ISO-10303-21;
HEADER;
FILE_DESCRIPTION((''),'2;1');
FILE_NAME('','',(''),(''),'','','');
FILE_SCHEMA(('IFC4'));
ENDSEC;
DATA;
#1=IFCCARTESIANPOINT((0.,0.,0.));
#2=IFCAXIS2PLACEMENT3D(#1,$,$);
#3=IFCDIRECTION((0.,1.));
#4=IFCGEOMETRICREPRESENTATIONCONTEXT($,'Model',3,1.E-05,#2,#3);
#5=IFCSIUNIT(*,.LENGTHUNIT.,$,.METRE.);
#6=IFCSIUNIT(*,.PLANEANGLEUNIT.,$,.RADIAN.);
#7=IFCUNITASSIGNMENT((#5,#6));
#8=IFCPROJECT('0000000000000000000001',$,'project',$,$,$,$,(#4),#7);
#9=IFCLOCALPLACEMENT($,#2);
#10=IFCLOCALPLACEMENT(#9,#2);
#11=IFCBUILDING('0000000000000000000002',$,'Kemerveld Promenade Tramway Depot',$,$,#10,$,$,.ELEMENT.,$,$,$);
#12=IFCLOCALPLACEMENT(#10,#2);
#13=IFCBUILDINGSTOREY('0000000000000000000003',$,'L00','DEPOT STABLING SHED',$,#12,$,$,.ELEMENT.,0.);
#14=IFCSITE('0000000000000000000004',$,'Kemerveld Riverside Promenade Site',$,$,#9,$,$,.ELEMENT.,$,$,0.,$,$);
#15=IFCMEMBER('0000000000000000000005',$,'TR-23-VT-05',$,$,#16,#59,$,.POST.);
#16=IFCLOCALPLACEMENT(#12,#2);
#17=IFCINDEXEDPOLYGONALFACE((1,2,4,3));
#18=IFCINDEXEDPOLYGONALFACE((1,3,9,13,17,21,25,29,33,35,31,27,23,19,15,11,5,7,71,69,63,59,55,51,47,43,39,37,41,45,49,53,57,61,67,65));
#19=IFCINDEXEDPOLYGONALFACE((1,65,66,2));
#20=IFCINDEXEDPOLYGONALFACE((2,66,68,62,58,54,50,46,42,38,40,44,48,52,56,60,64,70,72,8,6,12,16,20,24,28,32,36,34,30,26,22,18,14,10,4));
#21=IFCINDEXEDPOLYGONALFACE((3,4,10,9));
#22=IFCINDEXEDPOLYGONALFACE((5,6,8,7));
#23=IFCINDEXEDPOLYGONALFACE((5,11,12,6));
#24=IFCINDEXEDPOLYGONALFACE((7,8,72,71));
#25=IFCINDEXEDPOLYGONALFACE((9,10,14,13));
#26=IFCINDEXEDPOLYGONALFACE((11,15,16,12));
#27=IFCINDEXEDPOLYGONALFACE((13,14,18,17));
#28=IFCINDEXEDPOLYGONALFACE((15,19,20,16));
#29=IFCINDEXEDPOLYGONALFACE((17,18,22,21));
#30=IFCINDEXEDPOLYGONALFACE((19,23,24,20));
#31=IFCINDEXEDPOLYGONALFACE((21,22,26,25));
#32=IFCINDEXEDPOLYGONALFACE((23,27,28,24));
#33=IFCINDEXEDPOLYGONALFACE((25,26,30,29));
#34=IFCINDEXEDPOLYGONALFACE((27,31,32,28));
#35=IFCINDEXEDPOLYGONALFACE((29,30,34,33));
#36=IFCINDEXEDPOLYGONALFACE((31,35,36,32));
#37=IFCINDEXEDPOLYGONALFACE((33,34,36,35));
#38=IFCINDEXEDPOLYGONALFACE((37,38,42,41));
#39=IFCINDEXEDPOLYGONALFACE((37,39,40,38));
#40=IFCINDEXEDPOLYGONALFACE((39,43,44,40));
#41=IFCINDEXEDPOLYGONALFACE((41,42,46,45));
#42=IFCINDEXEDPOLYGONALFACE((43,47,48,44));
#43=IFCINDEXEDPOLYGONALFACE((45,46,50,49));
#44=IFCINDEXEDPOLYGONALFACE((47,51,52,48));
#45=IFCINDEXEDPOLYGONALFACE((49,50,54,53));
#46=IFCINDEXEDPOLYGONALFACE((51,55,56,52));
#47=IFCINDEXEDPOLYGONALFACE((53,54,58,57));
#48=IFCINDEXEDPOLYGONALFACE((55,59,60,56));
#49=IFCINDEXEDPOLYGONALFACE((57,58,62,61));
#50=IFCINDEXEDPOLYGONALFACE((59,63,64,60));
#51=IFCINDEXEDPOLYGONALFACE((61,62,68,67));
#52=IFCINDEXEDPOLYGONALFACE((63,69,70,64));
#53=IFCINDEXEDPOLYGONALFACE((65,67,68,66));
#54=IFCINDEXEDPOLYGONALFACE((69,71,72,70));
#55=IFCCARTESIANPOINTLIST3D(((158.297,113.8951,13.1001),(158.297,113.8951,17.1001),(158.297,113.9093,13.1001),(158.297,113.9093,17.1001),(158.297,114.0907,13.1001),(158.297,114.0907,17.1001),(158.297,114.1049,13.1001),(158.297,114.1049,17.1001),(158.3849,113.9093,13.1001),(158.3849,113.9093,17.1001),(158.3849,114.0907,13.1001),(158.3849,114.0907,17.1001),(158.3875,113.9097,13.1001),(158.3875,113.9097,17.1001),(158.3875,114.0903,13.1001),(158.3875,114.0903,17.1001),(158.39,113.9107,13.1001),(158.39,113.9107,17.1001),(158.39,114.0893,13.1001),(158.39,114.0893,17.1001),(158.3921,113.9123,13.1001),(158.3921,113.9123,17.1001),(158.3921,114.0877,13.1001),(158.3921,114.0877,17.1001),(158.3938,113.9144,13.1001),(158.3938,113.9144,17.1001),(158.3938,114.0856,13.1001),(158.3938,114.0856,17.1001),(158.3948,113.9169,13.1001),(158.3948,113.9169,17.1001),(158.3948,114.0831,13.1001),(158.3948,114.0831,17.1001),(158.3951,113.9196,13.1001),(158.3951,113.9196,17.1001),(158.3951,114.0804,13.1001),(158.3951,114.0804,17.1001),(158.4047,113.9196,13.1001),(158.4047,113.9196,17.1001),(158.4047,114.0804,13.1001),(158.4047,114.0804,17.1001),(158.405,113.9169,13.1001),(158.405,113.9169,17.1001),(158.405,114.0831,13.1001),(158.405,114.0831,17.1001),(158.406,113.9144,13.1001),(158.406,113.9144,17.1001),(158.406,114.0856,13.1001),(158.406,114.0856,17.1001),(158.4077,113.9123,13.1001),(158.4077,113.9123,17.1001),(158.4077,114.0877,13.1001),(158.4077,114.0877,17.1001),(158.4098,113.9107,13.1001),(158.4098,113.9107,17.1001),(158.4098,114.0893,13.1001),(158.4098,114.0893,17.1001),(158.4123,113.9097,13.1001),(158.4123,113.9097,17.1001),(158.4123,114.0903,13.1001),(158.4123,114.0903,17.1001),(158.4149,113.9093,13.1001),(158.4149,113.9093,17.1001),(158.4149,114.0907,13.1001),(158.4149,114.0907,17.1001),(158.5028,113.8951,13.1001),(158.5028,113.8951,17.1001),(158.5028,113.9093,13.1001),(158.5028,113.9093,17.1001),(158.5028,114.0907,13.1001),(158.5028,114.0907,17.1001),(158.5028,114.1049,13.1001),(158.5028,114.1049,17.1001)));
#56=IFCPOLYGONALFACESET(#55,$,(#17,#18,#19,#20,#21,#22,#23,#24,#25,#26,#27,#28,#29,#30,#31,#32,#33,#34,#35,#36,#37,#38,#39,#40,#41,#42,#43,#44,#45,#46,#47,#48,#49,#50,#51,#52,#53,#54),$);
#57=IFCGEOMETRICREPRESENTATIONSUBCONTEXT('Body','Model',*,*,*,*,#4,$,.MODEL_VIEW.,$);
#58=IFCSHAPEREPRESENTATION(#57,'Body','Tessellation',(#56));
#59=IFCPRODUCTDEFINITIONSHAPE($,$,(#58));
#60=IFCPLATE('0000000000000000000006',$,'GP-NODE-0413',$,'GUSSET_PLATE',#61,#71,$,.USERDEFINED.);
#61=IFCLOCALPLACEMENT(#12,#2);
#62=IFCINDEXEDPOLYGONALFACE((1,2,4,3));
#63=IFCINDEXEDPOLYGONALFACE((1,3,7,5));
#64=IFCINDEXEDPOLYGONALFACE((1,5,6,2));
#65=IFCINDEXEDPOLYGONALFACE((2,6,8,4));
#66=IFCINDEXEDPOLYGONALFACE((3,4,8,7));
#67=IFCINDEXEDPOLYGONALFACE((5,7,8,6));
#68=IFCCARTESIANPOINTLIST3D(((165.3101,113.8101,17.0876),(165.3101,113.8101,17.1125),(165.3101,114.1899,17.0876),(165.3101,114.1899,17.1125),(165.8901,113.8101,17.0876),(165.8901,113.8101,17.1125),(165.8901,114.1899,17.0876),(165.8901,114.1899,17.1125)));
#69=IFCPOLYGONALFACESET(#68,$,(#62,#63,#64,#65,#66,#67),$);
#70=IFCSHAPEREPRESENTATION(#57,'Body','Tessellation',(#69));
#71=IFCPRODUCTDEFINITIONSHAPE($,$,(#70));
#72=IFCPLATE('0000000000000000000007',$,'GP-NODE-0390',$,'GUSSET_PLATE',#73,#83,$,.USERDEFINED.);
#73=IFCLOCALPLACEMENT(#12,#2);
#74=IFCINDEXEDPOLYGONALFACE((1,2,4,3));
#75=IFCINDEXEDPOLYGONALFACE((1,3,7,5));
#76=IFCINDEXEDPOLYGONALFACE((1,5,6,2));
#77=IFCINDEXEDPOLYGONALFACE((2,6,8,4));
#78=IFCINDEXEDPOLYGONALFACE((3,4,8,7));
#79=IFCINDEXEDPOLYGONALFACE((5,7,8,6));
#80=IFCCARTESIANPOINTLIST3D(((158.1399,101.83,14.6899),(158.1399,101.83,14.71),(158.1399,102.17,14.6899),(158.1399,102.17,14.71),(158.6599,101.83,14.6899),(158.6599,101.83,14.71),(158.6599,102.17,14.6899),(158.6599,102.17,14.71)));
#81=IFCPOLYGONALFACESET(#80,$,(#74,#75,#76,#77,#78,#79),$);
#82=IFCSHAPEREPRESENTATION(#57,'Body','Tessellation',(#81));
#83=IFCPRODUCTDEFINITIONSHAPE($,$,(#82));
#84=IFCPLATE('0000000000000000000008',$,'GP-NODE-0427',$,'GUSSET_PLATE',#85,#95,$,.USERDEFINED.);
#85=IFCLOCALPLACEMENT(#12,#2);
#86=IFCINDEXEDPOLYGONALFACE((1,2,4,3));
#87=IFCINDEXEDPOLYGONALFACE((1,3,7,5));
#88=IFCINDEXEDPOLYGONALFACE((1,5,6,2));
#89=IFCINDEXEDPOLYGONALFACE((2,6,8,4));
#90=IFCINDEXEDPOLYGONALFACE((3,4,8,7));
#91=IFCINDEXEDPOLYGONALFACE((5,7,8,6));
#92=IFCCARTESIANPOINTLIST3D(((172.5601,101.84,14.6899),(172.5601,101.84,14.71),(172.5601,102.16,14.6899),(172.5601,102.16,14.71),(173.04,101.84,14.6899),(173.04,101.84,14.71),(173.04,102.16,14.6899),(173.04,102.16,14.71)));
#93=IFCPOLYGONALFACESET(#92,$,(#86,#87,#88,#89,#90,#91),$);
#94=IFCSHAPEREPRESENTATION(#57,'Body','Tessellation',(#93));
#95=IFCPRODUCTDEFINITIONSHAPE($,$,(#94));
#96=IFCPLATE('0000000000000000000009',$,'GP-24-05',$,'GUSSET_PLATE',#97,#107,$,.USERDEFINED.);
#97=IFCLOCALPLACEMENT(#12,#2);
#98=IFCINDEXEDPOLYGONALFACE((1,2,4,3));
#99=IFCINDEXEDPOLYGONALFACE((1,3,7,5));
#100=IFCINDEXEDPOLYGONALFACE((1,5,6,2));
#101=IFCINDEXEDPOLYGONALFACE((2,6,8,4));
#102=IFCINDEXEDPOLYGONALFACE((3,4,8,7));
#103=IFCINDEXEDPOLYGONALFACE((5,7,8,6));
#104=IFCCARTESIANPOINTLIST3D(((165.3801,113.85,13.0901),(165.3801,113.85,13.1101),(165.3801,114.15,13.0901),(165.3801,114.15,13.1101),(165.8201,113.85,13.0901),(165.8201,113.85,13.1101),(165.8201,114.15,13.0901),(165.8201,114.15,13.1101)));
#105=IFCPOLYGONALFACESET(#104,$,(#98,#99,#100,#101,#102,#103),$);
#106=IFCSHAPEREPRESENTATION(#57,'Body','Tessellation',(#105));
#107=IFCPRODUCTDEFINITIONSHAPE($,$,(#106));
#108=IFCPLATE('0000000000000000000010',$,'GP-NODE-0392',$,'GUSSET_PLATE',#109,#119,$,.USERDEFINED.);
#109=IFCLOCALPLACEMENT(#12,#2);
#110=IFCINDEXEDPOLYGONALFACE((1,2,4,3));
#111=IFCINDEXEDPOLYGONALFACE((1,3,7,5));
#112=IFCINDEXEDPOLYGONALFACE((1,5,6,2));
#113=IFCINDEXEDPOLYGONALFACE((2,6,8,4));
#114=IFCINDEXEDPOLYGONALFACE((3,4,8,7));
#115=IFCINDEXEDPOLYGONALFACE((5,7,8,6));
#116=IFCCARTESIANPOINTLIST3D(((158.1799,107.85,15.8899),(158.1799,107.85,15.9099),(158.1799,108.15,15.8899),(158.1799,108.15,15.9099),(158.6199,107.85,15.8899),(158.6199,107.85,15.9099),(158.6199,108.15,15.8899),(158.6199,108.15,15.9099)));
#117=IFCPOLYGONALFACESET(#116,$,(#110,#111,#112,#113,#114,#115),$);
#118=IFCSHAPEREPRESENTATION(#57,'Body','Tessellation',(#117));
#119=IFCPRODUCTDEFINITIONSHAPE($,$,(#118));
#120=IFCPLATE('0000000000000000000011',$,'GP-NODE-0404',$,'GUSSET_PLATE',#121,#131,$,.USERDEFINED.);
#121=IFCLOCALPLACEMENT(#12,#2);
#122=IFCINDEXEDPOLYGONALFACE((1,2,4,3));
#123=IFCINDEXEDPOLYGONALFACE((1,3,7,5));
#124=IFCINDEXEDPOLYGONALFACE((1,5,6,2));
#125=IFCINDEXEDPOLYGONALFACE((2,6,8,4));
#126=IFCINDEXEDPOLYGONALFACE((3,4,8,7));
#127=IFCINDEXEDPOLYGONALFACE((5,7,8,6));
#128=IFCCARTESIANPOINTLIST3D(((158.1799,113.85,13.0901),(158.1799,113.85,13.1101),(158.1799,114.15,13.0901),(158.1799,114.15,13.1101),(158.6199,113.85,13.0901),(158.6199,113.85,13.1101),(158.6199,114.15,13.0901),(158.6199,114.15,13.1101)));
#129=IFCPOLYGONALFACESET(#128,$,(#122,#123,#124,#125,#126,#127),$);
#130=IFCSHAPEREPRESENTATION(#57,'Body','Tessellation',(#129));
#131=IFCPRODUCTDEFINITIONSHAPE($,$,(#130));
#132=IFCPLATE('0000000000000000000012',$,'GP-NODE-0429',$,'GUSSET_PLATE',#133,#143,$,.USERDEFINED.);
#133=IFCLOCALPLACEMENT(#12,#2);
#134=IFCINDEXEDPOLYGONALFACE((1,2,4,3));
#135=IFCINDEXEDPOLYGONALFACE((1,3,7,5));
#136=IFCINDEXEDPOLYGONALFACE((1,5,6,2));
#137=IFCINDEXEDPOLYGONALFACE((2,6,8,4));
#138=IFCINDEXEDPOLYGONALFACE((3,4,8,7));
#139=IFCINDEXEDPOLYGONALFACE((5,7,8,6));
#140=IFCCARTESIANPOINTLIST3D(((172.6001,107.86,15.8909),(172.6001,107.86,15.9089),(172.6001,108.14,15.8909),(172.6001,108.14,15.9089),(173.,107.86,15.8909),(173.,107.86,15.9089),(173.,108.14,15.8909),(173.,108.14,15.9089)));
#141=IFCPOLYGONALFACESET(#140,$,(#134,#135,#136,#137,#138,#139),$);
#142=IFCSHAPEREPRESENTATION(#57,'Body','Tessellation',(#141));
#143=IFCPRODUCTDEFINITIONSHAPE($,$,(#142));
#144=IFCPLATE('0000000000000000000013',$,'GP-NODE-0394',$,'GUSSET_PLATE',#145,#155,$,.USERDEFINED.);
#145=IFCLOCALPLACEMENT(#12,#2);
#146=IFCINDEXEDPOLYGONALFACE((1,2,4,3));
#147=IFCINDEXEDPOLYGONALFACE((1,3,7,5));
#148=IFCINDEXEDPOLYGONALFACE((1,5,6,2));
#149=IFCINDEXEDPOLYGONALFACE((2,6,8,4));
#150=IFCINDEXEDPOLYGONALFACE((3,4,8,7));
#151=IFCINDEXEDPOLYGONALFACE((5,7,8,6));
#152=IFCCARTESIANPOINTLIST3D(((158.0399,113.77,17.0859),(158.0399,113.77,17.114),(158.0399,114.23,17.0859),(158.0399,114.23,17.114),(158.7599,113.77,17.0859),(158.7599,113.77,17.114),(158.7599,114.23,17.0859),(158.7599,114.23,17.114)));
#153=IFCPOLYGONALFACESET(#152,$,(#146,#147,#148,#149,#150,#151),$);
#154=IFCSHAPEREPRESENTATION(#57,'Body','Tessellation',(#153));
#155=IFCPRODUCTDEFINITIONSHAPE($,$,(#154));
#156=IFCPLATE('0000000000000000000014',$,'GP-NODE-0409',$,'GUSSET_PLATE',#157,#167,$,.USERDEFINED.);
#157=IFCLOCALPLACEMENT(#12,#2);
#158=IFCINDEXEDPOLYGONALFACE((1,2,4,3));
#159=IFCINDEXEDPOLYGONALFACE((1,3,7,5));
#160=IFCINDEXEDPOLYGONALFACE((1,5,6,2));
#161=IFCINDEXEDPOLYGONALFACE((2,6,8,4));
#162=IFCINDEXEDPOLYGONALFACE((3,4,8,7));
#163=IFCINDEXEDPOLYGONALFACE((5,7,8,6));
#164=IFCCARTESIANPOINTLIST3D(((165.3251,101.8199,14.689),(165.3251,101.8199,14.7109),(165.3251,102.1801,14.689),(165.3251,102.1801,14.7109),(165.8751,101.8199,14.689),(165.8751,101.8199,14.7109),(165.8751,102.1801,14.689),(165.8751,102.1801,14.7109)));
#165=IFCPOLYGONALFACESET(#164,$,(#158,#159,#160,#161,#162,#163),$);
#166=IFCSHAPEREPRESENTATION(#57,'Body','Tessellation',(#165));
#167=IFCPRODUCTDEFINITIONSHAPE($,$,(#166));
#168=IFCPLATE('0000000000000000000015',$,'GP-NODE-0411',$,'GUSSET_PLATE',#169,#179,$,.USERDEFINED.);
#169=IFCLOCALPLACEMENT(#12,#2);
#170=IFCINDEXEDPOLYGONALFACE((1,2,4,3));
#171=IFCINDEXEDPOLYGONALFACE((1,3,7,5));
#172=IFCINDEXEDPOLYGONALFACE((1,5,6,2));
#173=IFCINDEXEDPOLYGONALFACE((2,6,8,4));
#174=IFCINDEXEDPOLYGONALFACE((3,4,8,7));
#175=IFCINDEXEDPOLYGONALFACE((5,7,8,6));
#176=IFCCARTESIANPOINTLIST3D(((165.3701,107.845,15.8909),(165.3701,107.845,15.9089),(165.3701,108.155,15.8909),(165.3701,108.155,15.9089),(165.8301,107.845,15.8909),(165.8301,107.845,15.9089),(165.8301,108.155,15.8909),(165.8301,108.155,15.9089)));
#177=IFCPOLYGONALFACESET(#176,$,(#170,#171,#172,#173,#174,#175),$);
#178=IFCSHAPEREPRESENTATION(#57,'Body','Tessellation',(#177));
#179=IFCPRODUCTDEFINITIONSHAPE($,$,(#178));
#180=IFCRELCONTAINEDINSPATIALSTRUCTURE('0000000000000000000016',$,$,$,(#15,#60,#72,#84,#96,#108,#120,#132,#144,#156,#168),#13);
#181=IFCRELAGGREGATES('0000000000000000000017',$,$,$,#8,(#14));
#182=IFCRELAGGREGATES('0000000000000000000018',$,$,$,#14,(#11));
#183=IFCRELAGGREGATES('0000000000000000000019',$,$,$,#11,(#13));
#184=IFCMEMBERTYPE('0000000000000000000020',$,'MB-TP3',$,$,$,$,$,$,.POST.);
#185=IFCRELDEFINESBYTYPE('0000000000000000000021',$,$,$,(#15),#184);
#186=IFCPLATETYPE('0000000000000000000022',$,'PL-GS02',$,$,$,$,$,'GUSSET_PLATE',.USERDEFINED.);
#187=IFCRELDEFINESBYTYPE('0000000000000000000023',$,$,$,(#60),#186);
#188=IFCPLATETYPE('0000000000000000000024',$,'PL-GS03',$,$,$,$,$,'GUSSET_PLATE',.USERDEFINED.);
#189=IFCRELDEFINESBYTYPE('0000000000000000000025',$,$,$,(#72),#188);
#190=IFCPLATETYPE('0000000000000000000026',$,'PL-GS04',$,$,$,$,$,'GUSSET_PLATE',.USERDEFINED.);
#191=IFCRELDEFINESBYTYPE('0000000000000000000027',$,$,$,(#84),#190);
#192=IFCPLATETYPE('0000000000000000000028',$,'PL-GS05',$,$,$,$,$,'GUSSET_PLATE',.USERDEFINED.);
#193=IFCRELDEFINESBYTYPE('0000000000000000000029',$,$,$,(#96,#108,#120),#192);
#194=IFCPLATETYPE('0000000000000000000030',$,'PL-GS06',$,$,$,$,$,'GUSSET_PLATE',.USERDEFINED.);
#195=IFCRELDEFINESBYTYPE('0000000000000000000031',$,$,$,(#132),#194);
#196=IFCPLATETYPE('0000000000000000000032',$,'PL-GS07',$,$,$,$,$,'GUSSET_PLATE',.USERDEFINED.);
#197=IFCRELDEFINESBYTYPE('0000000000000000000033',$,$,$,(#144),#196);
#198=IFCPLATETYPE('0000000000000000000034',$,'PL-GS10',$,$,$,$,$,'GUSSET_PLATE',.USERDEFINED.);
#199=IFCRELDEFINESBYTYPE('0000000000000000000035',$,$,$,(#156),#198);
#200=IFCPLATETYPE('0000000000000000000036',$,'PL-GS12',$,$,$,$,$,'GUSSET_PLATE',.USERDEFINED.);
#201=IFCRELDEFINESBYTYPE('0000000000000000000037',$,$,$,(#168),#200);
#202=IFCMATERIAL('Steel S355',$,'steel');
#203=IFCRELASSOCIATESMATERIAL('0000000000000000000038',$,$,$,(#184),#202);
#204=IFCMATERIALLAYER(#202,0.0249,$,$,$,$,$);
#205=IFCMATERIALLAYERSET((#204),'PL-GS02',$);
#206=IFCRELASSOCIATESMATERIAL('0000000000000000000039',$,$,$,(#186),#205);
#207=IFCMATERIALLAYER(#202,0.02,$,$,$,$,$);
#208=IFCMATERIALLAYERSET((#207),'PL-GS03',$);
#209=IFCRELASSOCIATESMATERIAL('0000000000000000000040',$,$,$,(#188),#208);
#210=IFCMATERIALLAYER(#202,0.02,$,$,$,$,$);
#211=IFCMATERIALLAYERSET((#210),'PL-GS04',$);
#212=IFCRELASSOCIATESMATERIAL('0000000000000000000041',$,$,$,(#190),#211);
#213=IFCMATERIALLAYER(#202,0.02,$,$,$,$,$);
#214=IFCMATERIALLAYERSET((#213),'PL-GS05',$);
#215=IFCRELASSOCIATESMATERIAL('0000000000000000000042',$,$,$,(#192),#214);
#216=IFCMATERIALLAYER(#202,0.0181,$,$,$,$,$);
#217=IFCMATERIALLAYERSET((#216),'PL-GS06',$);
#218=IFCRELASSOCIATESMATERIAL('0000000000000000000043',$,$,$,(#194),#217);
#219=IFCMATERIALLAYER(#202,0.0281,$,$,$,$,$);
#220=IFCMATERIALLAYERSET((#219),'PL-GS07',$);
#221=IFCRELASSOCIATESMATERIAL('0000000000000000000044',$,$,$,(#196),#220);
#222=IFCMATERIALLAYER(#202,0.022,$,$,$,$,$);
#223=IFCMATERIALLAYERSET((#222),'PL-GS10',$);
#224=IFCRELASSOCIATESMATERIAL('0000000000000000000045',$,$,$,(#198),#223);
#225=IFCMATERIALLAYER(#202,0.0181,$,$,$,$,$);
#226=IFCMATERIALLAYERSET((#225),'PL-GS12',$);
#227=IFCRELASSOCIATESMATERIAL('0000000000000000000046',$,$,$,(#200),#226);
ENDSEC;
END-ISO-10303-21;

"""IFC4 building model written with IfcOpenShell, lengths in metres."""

from ifc_helpers import new_model, si_unit, direction, frame, origin, origin_2d, place, context, subcontext, project, spatial, rectangle, i_section, extrude, material, layer, layer_set, material_profile, profile_set, type_object, element, save


model = new_model("IFC4")

# Units and contexts
model_context = context("Model", 3, precision=1e-05, world=origin(), true_north=direction((0.0, 1.0)))
body_context = subcontext(model_context, "Body", "Model", "MODEL_VIEW")
ifc_project = project(units=[si_unit("LENGTHUNIT", "METRE"), si_unit("PLANEANGLEUNIT", "RADIAN")], contexts=[model_context])

# Site, building, storey
site_placement = place(None, origin())
site = spatial("IfcSite", under=ifc_project, at=site_placement, Name="Kemerveld Riverside Promenade Site", CompositionType="ELEMENT", RefElevation=0.0)
building_placement = place(site_placement, origin())
building = spatial("IfcBuilding", under=site, at=building_placement, Name="Kemerveld Promenade Tramway Depot", CompositionType="ELEMENT")
storey_placement = place(building_placement, origin())
storey = spatial("IfcBuildingStorey", under=building, at=storey_placement, Name="L00", Description="DEPOT STABLING SHED", CompositionType="ELEMENT", Elevation=0.0)

# Member
ifc_material_1 = material(Name="Steel S355", Category="steel")
ifc_material_profile_1 = material_profile(ifc_material_1, i_section(OverallWidth=0.2058, OverallDepth=0.2097, WebThickness=0.0095, FlangeThickness=0.0142, FilletRadius=0.0103, at=origin_2d()), Name="203x203x60 UC")
ifc_profile_set_1 = profile_set([ifc_material_profile_1], Name="Steel S355")
member_type_1 = type_object("IfcMemberType", Name="MB-TP3", PredefinedType="POST", material=ifc_profile_set_1)
member_1_placement = place(storey_placement, frame((158.3999, 114.0, 13.1001), z_axis=(0.0, 0.0, 1.0), x_axis=(1.0, 0.0, 0.0)))
element("IfcMember", 1, at=member_1_placement, inside=storey, type_object=member_type_1, Name="TR-23-VT-05", PredefinedType="POST", context=body_context, shape_type="SweptSolid", body=[
    extrude(i_section(OverallWidth=0.2058, OverallDepth=0.2097, WebThickness=0.0095, FlangeThickness=0.0142, FilletRadius=0.0103, at=origin_2d()), origin(), (0.0, 0.0, 1.0), 4.0),
])

# Plates
ifc_layer_1 = layer(ifc_material_1, 0.0249)
ifc_layer_set_1 = layer_set([ifc_layer_1], Name="PL-GS02")
plate_type_1 = type_object("IfcPlateType", Name="PL-GS02", ElementType="GUSSET_PLATE", PredefinedType="USERDEFINED", material=ifc_layer_set_1)
plate_1_placement = place(storey_placement, frame((165.6001, 114.0, 17.0876), z_axis=(0.0, 0.0, 1.0), x_axis=(1.0, 0.0, 0.0)))
element("IfcPlate", 2, at=plate_1_placement, inside=storey, type_object=plate_type_1, Name="GP-NODE-0413", ObjectType="GUSSET_PLATE", PredefinedType="USERDEFINED", context=body_context, shape_type="SweptSolid", body=[
    extrude(rectangle(XDim=0.5801, YDim=0.3799, at=origin_2d()), origin(), (0.0, 0.0, 1.0), 0.0249),
])
ifc_layer_2 = layer(ifc_material_1, 0.02)
ifc_layer_set_2 = layer_set([ifc_layer_2], Name="PL-GS03")
plate_type_2 = type_object("IfcPlateType", Name="PL-GS03", ElementType="GUSSET_PLATE", PredefinedType="USERDEFINED", material=ifc_layer_set_2)
plate_2_placement = place(storey_placement, frame((158.3999, 102.0, 14.6899), z_axis=(0.0, 0.0, 1.0), x_axis=(1.0, 0.0, 0.0)))
element("IfcPlate", 3, at=plate_2_placement, inside=storey, type_object=plate_type_2, Name="GP-NODE-0390", ObjectType="GUSSET_PLATE", PredefinedType="USERDEFINED", context=body_context, shape_type="SweptSolid", body=[
    extrude(rectangle(XDim=0.52, YDim=0.3401, at=origin_2d()), origin(), (0.0, 0.0, 1.0), 0.02),
])
ifc_layer_3 = layer(ifc_material_1, 0.02)
ifc_layer_set_3 = layer_set([ifc_layer_3], Name="PL-GS04")
plate_type_3 = type_object("IfcPlateType", Name="PL-GS04", ElementType="GUSSET_PLATE", PredefinedType="USERDEFINED", material=ifc_layer_set_3)
plate_3_placement = place(storey_placement, frame((172.8, 102.0, 14.6899), z_axis=(0.0, 0.0, 1.0), x_axis=(1.0, 0.0, 0.0)))
element("IfcPlate", 4, at=plate_3_placement, inside=storey, type_object=plate_type_3, Name="GP-NODE-0427", ObjectType="GUSSET_PLATE", PredefinedType="USERDEFINED", context=body_context, shape_type="SweptSolid", body=[
    extrude(rectangle(XDim=0.48, YDim=0.3201, at=origin_2d()), origin(), (0.0, 0.0, 1.0), 0.02),
])
ifc_layer_4 = layer(ifc_material_1, 0.02)
ifc_layer_set_4 = layer_set([ifc_layer_4], Name="PL-GS05")
plate_type_4 = type_object("IfcPlateType", Name="PL-GS05", ElementType="GUSSET_PLATE", PredefinedType="USERDEFINED", material=ifc_layer_set_4)
for number, where, z_axis, x_axis, name in (
    (5, (165.6001, 114.0, 13.0901), (0.0, 0.0, 1.0), (1.0, 0.0, 0.0), "GP-24-05"),
    (6, (158.3999, 108.0, 15.8899), (0.0, 0.0, 1.0), (1.0, 0.0, 0.0), "GP-NODE-0392"),
    (7, (158.3999, 114.0, 13.0901), (0.0, 0.0, 1.0), (1.0, 0.0, 0.0), "GP-NODE-0404"),
):
    element("IfcPlate", number, at=place(storey_placement, frame(where, z_axis=z_axis, x_axis=x_axis)), inside=storey, type_object=plate_type_4, Name=name, ObjectType="GUSSET_PLATE", PredefinedType="USERDEFINED", context=body_context, shape_type="SweptSolid", body=[
        extrude(rectangle(XDim=0.4399, YDim=0.3, at=origin_2d()), origin(), (0.0, 0.0, 1.0), 0.02),
    ])
ifc_layer_5 = layer(ifc_material_1, 0.0181)
ifc_layer_set_5 = layer_set([ifc_layer_5], Name="PL-GS06")
plate_type_5 = type_object("IfcPlateType", Name="PL-GS06", ElementType="GUSSET_PLATE", PredefinedType="USERDEFINED", material=ifc_layer_set_5)
plate_4_placement = place(storey_placement, frame((172.8, 108.0, 15.8909), z_axis=(0.0, 0.0, 1.0), x_axis=(1.0, 0.0, 0.0)))
element("IfcPlate", 8, at=plate_4_placement, inside=storey, type_object=plate_type_5, Name="GP-NODE-0429", ObjectType="GUSSET_PLATE", PredefinedType="USERDEFINED", context=body_context, shape_type="SweptSolid", body=[
    extrude(rectangle(XDim=0.3999, YDim=0.28, at=origin_2d()), origin(), (0.0, 0.0, 1.0), 0.0181),
])
ifc_layer_6 = layer(ifc_material_1, 0.0281)
ifc_layer_set_6 = layer_set([ifc_layer_6], Name="PL-GS07")
plate_type_6 = type_object("IfcPlateType", Name="PL-GS07", ElementType="GUSSET_PLATE", PredefinedType="USERDEFINED", material=ifc_layer_set_6)
plate_5_placement = place(storey_placement, frame((158.3999, 114.0, 17.0859), z_axis=(0.0, 0.0, 1.0), x_axis=(1.0, 0.0, 0.0)))
element("IfcPlate", 9, at=plate_5_placement, inside=storey, type_object=plate_type_6, Name="GP-NODE-0394", ObjectType="GUSSET_PLATE", PredefinedType="USERDEFINED", context=body_context, shape_type="SweptSolid", body=[
    extrude(rectangle(XDim=0.72, YDim=0.46, at=origin_2d()), origin(), (0.0, 0.0, 1.0), 0.0281),
])
ifc_layer_7 = layer(ifc_material_1, 0.022)
ifc_layer_set_7 = layer_set([ifc_layer_7], Name="PL-GS10")
plate_type_7 = type_object("IfcPlateType", Name="PL-GS10", ElementType="GUSSET_PLATE", PredefinedType="USERDEFINED", material=ifc_layer_set_7)
plate_6_placement = place(storey_placement, frame((165.6001, 102.0, 14.689), z_axis=(0.0, 0.0, 1.0), x_axis=(1.0, 0.0, 0.0)))
element("IfcPlate", 10, at=plate_6_placement, inside=storey, type_object=plate_type_7, Name="GP-NODE-0409", ObjectType="GUSSET_PLATE", PredefinedType="USERDEFINED", context=body_context, shape_type="SweptSolid", body=[
    extrude(rectangle(XDim=0.55, YDim=0.3601, at=origin_2d()), origin(), (0.0, 0.0, 1.0), 0.022),
])
ifc_layer_8 = layer(ifc_material_1, 0.0181)
ifc_layer_set_8 = layer_set([ifc_layer_8], Name="PL-GS12")
plate_type_8 = type_object("IfcPlateType", Name="PL-GS12", ElementType="GUSSET_PLATE", PredefinedType="USERDEFINED", material=ifc_layer_set_8)
plate_7_placement = place(storey_placement, frame((165.6001, 108.0, 15.8909), z_axis=(0.0, 0.0, 1.0), x_axis=(1.0, 0.0, 0.0)))
element("IfcPlate", 11, at=plate_7_placement, inside=storey, type_object=plate_type_8, Name="GP-NODE-0411", ObjectType="GUSSET_PLATE", PredefinedType="USERDEFINED", context=body_context, shape_type="SweptSolid", body=[
    extrude(rectangle(XDim=0.46, YDim=0.3101, at=origin_2d()), origin(), (0.0, 0.0, 1.0), 0.0181),
])

save(model, "model.ifc")
